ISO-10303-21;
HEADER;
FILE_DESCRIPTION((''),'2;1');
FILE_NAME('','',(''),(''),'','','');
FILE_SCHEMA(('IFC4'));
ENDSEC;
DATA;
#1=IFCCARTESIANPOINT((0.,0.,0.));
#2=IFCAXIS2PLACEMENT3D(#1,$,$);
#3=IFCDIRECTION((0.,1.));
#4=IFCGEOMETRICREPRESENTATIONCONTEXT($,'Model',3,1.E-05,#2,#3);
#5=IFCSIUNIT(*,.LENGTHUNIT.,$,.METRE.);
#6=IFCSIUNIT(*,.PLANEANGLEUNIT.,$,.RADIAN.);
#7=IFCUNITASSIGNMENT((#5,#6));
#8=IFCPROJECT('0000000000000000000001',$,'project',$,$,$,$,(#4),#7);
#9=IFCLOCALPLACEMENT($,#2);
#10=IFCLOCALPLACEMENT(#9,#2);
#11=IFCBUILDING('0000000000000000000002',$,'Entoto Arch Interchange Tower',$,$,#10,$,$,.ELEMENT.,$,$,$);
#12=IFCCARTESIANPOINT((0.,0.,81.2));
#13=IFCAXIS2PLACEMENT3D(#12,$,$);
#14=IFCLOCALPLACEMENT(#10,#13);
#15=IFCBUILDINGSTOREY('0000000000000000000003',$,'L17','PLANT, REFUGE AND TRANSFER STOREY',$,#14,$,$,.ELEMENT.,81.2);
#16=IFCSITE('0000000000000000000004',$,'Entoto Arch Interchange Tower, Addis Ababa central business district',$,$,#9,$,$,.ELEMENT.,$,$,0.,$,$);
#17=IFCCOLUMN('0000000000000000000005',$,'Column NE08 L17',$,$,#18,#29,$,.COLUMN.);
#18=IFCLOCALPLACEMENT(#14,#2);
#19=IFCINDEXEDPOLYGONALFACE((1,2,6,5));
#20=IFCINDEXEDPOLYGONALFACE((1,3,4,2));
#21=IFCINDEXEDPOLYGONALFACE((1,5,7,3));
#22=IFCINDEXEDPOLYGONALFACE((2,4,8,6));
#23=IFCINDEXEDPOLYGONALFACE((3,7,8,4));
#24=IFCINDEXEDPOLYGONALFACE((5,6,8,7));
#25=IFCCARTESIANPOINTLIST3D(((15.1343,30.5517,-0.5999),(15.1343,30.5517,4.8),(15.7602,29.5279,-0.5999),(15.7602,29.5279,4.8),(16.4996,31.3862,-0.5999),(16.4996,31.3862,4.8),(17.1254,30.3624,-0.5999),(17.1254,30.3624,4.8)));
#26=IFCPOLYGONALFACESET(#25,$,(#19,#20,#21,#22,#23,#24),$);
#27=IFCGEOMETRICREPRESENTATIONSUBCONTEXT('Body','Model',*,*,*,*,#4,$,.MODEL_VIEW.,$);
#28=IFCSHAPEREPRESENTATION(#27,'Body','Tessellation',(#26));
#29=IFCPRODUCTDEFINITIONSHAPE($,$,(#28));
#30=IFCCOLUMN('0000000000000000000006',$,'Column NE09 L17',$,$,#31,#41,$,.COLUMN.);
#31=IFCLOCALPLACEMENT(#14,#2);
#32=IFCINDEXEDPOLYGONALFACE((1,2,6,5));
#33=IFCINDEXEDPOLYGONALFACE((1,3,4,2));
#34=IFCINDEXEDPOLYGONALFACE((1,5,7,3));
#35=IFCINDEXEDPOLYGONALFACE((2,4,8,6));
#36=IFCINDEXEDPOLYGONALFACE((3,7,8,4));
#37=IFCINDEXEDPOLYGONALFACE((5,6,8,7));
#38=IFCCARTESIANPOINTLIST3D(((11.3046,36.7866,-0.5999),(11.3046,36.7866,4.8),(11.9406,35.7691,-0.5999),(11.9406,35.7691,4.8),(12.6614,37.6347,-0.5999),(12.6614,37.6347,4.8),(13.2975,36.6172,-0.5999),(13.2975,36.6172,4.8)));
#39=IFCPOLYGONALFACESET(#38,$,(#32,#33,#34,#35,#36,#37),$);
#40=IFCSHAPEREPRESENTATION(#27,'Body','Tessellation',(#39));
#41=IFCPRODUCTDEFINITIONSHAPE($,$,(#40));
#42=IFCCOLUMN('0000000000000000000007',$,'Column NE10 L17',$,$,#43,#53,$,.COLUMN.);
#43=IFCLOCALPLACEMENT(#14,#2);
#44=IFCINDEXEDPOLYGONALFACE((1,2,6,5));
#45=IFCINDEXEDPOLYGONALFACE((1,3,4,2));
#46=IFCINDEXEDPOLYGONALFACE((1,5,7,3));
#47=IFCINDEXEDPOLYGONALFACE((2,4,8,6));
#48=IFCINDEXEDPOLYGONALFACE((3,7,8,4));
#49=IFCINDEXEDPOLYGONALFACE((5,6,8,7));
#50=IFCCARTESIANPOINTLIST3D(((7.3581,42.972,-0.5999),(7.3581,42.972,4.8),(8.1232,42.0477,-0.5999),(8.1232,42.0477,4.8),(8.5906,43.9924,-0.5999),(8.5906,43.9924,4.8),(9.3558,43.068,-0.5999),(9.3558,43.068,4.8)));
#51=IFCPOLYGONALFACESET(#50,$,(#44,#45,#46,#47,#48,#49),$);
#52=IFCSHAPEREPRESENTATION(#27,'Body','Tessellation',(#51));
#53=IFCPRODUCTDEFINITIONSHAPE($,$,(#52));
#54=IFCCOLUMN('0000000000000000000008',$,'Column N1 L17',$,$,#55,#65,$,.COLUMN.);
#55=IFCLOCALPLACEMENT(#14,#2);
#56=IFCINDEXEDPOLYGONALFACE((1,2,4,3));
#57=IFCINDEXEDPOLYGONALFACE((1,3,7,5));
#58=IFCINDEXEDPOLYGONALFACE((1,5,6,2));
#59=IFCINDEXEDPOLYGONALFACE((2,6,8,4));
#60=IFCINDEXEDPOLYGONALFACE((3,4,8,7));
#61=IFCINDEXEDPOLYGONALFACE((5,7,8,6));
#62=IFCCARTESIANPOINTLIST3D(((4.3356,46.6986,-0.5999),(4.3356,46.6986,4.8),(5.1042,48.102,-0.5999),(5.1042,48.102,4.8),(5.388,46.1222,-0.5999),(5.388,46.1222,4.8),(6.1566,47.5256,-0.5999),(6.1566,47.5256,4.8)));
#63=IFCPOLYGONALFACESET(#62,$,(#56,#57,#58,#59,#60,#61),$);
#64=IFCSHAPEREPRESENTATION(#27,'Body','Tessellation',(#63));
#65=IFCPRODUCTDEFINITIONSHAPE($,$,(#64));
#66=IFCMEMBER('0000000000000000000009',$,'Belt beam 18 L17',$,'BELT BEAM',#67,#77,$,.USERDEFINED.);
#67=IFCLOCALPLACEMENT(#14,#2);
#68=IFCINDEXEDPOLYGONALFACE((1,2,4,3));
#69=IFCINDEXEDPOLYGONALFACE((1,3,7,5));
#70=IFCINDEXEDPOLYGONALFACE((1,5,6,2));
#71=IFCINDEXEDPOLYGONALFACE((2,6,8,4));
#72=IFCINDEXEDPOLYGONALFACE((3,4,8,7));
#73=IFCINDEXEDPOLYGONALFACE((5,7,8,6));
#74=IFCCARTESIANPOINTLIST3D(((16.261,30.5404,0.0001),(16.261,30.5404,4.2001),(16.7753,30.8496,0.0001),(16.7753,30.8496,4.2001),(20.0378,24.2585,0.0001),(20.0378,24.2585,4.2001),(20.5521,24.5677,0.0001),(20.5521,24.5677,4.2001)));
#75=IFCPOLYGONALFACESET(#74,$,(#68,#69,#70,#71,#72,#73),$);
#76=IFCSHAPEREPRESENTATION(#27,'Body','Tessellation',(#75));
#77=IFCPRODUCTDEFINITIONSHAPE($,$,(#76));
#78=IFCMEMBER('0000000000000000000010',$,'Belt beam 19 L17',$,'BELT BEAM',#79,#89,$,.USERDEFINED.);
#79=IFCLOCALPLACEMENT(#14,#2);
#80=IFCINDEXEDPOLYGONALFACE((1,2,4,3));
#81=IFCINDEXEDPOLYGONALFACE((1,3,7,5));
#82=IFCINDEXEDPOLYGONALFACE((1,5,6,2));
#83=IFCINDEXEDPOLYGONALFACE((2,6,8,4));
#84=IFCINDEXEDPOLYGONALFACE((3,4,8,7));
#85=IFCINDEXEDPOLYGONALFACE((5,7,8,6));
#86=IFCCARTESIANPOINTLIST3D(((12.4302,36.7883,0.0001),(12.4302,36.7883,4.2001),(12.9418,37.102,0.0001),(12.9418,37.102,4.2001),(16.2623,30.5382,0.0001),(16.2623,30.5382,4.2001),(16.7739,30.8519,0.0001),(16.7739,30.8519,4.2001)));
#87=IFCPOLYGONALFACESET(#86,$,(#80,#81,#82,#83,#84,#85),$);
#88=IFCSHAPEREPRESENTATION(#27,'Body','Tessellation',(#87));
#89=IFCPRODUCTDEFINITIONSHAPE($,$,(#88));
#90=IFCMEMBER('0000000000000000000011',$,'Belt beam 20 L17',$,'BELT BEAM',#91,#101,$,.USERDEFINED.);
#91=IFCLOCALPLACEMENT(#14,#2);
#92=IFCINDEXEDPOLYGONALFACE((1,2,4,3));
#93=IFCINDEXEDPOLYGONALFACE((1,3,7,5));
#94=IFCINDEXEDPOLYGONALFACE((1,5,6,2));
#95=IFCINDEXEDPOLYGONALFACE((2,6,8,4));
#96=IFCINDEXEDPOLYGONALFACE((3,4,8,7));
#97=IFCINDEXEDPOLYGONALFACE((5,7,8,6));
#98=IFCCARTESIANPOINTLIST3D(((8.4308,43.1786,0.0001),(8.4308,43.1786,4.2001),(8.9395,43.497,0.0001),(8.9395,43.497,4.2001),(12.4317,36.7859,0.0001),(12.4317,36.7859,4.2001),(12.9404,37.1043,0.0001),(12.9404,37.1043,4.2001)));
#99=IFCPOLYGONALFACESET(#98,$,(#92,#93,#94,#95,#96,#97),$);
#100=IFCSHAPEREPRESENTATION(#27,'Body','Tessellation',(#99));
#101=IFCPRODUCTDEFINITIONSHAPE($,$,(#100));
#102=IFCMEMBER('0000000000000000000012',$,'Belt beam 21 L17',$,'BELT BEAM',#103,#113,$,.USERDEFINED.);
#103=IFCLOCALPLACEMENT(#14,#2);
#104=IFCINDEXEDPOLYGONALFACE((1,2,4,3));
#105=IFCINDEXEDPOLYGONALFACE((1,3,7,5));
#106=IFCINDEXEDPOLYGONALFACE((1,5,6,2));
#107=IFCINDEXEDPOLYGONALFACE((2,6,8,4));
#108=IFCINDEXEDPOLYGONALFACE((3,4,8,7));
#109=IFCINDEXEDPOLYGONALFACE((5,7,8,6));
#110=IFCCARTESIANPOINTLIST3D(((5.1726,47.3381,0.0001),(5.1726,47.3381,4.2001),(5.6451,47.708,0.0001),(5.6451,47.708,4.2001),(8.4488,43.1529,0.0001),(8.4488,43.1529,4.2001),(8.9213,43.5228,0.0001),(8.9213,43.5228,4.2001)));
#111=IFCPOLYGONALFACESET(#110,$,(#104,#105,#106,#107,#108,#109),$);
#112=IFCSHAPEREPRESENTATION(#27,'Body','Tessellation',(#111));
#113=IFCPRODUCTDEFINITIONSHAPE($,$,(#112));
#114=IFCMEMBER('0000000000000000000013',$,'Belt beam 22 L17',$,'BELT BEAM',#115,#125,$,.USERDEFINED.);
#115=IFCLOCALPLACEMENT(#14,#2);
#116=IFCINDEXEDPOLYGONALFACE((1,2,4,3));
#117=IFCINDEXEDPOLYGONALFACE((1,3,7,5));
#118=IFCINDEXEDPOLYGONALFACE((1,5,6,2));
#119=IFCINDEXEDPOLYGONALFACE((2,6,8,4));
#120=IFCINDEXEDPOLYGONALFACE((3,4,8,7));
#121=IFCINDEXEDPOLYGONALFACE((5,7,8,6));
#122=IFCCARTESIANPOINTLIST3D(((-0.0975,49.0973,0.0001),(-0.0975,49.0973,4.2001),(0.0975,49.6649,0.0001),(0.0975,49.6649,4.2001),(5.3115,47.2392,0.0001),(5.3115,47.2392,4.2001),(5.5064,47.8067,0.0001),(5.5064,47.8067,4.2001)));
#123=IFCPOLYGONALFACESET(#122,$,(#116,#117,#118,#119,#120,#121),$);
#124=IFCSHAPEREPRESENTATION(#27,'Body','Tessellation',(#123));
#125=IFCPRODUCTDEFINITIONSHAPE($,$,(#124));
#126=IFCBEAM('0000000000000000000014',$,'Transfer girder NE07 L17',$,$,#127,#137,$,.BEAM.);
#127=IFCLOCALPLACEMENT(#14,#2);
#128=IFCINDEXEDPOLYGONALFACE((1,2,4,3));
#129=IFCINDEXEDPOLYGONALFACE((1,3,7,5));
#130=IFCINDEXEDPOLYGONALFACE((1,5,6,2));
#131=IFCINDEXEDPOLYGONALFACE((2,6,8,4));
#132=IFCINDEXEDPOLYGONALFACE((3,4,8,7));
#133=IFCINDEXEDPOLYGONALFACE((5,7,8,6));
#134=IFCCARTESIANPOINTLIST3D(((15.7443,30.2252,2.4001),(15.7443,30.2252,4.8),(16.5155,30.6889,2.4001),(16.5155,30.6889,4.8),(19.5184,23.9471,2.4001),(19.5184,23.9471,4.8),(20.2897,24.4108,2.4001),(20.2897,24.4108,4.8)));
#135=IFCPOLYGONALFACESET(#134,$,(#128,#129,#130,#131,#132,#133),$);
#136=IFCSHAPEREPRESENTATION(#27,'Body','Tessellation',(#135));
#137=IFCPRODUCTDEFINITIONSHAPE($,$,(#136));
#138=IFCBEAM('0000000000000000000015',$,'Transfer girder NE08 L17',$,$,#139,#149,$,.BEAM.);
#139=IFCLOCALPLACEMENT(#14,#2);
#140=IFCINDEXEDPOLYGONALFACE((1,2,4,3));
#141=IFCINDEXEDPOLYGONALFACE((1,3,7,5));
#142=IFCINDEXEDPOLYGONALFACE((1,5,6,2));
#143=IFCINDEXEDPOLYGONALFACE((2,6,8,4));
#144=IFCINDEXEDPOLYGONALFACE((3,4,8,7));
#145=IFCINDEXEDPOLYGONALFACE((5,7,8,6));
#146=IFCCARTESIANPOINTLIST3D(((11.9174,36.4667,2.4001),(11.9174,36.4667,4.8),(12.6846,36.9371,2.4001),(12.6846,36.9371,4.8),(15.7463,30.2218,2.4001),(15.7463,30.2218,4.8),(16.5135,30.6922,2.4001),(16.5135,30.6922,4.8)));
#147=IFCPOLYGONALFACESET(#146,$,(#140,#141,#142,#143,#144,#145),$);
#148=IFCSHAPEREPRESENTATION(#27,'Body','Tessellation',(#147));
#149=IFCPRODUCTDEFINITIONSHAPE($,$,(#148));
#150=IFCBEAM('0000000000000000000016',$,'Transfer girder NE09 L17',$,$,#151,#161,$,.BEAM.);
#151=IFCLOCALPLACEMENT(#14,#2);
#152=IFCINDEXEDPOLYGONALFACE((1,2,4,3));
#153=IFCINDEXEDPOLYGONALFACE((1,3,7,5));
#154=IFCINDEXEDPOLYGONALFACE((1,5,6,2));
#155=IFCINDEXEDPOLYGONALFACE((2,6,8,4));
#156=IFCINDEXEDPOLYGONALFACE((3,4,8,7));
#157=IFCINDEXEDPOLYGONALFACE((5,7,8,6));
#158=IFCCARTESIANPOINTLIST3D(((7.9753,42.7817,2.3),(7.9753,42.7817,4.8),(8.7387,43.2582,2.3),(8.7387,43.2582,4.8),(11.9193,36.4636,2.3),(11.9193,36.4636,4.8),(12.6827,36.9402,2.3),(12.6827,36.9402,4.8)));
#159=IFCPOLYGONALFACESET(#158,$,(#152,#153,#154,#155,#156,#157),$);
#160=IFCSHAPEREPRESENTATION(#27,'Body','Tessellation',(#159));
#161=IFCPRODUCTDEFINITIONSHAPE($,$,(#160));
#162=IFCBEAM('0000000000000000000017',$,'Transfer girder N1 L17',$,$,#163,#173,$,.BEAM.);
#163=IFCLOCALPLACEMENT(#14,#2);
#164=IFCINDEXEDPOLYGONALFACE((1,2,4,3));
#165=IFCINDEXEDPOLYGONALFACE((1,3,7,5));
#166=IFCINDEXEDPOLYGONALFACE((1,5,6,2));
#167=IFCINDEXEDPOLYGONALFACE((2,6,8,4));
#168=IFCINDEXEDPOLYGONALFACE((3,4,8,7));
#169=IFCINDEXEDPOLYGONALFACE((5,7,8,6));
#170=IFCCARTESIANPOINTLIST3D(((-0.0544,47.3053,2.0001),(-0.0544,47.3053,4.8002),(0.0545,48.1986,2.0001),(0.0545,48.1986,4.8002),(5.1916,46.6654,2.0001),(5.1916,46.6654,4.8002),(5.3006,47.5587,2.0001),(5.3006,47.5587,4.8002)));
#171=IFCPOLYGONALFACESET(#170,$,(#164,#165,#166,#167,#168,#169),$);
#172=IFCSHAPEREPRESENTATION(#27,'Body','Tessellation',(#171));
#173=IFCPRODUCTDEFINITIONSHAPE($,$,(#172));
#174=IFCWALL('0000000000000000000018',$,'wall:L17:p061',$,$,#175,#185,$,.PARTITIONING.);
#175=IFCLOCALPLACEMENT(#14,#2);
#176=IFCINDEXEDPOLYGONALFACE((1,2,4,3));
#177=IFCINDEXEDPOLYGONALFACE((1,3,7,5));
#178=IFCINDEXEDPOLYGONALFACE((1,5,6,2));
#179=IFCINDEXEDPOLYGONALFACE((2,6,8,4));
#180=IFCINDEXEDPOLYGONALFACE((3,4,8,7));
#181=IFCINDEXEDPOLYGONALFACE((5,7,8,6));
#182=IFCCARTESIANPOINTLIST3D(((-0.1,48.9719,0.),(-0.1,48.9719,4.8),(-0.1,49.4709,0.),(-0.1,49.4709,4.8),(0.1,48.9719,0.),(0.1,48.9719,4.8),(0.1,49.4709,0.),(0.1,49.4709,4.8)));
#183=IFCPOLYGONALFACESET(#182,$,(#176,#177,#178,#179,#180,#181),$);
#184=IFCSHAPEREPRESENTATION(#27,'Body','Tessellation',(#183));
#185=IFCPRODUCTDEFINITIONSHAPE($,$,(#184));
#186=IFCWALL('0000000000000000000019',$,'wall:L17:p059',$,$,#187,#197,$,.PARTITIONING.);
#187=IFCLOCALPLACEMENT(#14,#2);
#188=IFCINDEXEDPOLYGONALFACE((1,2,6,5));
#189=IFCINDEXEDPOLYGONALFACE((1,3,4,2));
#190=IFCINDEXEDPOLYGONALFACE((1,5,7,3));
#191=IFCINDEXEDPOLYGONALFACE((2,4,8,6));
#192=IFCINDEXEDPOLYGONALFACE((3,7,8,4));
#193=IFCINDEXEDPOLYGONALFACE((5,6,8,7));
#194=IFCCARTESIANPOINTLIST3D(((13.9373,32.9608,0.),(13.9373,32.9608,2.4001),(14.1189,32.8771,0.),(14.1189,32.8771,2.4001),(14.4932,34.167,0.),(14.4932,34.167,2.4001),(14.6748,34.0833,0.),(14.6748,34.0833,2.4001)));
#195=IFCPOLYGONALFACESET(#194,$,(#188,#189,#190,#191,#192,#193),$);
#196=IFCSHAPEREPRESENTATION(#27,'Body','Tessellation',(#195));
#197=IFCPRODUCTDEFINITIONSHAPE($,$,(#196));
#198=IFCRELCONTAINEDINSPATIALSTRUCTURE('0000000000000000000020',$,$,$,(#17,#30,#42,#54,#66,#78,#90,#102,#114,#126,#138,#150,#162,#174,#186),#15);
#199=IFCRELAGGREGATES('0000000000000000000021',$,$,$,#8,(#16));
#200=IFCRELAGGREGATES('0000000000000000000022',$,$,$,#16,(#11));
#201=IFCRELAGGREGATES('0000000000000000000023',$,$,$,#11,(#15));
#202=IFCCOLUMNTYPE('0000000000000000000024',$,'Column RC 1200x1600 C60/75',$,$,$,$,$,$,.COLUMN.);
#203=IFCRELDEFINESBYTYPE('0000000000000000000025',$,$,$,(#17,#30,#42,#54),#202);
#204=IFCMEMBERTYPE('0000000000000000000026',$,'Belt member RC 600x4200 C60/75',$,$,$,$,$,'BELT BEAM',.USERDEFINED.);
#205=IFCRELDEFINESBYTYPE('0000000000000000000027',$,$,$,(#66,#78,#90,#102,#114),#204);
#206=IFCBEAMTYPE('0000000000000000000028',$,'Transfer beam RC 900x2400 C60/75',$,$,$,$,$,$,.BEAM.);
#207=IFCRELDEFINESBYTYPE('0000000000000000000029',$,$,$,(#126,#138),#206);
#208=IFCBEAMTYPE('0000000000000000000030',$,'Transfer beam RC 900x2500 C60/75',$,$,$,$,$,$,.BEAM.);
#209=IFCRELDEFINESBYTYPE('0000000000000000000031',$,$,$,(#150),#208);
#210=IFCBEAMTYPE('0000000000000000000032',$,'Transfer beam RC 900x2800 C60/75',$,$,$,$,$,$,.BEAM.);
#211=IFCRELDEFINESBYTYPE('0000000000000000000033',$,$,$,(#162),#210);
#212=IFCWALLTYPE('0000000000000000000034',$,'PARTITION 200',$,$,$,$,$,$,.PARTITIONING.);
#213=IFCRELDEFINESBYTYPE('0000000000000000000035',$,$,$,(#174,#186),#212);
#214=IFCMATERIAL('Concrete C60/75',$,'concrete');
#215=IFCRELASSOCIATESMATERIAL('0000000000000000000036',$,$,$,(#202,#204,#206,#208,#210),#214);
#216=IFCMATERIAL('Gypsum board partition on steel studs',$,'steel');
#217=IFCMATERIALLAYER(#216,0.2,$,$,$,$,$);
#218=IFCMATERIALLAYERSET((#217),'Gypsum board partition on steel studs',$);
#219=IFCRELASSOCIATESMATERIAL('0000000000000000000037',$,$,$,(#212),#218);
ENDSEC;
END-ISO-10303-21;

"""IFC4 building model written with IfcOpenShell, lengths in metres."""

from ifc_helpers import new_model, si_unit, direction, frame, frame_2d, origin, origin_2d, place, context, subcontext, project, spatial, rectangle, extrude, material, layer, layer_set, material_profile, profile_set, type_object, element, save


model = new_model("IFC4")

# Units and contexts
model_context = context("Model", 3, precision=1e-05, world=origin(), true_north=direction((0.0, 1.0)))
body_context = subcontext(model_context, "Body", "Model", "MODEL_VIEW")
ifc_project = project(units=[si_unit("LENGTHUNIT", "METRE"), si_unit("PLANEANGLEUNIT", "RADIAN")], contexts=[model_context])

# Site, building, storey
site_placement = place(None, origin())
site = spatial("IfcSite", under=ifc_project, at=site_placement, Name="Entoto Arch Interchange Tower, Addis Ababa central business district", CompositionType="ELEMENT", RefElevation=0.0)
building_placement = place(site_placement, origin())
building = spatial("IfcBuilding", under=site, at=building_placement, Name="Entoto Arch Interchange Tower", CompositionType="ELEMENT")
storey_placement = place(building_placement, frame((0.0, 0.0, 81.2)))
storey = spatial("IfcBuildingStorey", under=building, at=storey_placement, Name="L17", Description="PLANT, REFUGE AND TRANSFER STOREY", CompositionType="ELEMENT", Elevation=81.2)

# Columns
ifc_material_1 = material(Name="Concrete C60/75", Category="concrete")
ifc_material_profile_1 = material_profile(ifc_material_1, rectangle(XDim=1.2, YDim=1.6001, at=origin_2d()))
ifc_profile_set_1 = profile_set([ifc_material_profile_1], Name="Concrete C60/75")
column_type = type_object("IfcColumnType", Name="Column RC 1200x1600 C60/75", PredefinedType="COLUMN", material=ifc_profile_set_1)
for number, where, z_axis, x_axis, name in (
    (1, (16.1299, 30.457, -0.5999), (0.0, 0.0, 1.0), (-0.521546, 0.853223, 0.0), "Column NE08 L17"),
    (2, (12.301, 36.7019, -0.5999), (0.0, 0.0, 1.0), (-0.530067, 0.847956, 0.0), "Column NE09 L17"),
    (3, (8.3569, 43.02, -0.5999), (0.0, 0.0, 1.0), (-0.637666, 0.770313, 0.0), "Column NE10 L17"),
    (4, (5.2461, 47.1121, -0.5999), (0.0, 0.0, 1.0), (-0.877079, 0.480346, 0.0), "Column N1 L17"),
):
    element("IfcColumn", number, at=place(storey_placement, frame(where, z_axis=z_axis, x_axis=x_axis)), inside=storey, type_object=column_type, Name=name, PredefinedType="COLUMN", context=body_context, shape_type="SweptSolid", body=[
        extrude(rectangle(XDim=1.2, YDim=1.6001, at=origin_2d()), origin(), (0.0, 0.0, 1.0), 5.3999),
    ])

# Members
ifc_material_profile_2 = material_profile(ifc_material_1, rectangle(XDim=0.6001, YDim=4.2, at=origin_2d()))
ifc_profile_set_2 = profile_set([ifc_material_profile_2], Name="Concrete C60/75")
member_type = type_object("IfcMemberType", Name="Belt member RC 600x4200 C60/75", ElementType="BELT BEAM", PredefinedType="USERDEFINED", material=ifc_profile_set_2)
member_1_placement = place(storey_placement, frame((20.2949, 24.4131, 2.1001), z_axis=(-0.515265, 0.857031, 0.0), x_axis=(-0.857031, -0.515265, 0.0)))
element("IfcMember", 5, at=member_1_placement, inside=storey, type_object=member_type, Name="Belt beam 18 L17", ObjectType="BELT BEAM", PredefinedType="USERDEFINED", context=body_context, shape_type="SweptSolid", body=[
    extrude(rectangle(XDim=0.6001, YDim=4.2, at=origin_2d()), origin(), (0.0, 0.0, 1.0), 7.3298),
])
member_2_placement = place(storey_placement, frame((16.5181, 30.6951, 2.1001), z_axis=(-0.522699, 0.852517, 0.0), x_axis=(-0.852517, -0.522699, 0.0)))
element("IfcMember", 6, at=member_2_placement, inside=storey, type_object=member_type, Name="Belt beam 19 L17", ObjectType="BELT BEAM", PredefinedType="USERDEFINED", context=body_context, shape_type="SweptSolid", body=[
    extrude(rectangle(XDim=0.6001, YDim=4.2, at=origin_2d()), origin(), (0.0, 0.0, 1.0), 7.3313),
])
member_3_placement = place(storey_placement, frame((12.686, 36.9451, 2.1001), z_axis=(-0.53052, 0.847673, 0.0), x_axis=(-0.847673, -0.53052, 0.0)))
element("IfcMember", 7, at=member_3_placement, inside=storey, type_object=member_type, Name="Belt beam 20 L17", ObjectType="BELT BEAM", PredefinedType="USERDEFINED", context=body_context, shape_type="SweptSolid", body=[
    extrude(rectangle(XDim=0.6001, YDim=4.2, at=origin_2d()), origin(), (0.0, 0.0, 1.0), 7.5415),
])
member_4_placement = place(storey_placement, frame((8.6851, 43.3379, 2.1001), z_axis=(-0.616409, 0.787426, 0.0), x_axis=(-0.787426, -0.616409, 0.0)))
element("IfcMember", 8, at=member_4_placement, inside=storey, type_object=member_type, Name="Belt beam 21 L17", ObjectType="BELT BEAM", PredefinedType="USERDEFINED", context=body_context, shape_type="SweptSolid", body=[
    extrude(rectangle(XDim=0.6001, YDim=4.2, at=origin_2d()), origin(), (0.0, 0.0, 1.0), 5.3149),
])
member_5_placement = place(storey_placement, frame((5.4089, 47.5229, 2.1001), z_axis=(-0.945749, 0.324897, 0.0), x_axis=(-0.324897, -0.945749, 0.0)))
element("IfcMember", 9, at=member_5_placement, inside=storey, type_object=member_type, Name="Belt beam 22 L17", ObjectType="BELT BEAM", PredefinedType="USERDEFINED", context=body_context, shape_type="SweptSolid", body=[
    extrude(rectangle(XDim=0.6001, YDim=4.2, at=origin_2d()), origin(), (0.0, 0.0, 1.0), 5.7192),
])

# Beams
ifc_material_profile_3 = material_profile(ifc_material_1, rectangle(XDim=0.8999, YDim=2.3999, at=origin_2d()))
ifc_profile_set_3 = profile_set([ifc_material_profile_3], Name="Concrete C60/75")
beam_type_1 = type_object("IfcBeamType", Name="Transfer beam RC 900x2400 C60/75", PredefinedType="BEAM", material=ifc_profile_set_3)
for number, where, z_axis, x_axis, name in (
    (10, (19.9041, 24.179, 3.6001), (-0.515231, 0.857051, 0.0), (-0.857051, -0.515231, 0.0), "Transfer girder NE07 L17"),
    (11, (16.1299, 30.457, 3.6001), (-0.522696, 0.852519, 0.0), (-0.852519, -0.522696, 0.0), "Transfer girder NE08 L17"),
):
    element("IfcBeam", number, at=place(storey_placement, frame(where, z_axis=z_axis, x_axis=x_axis)), inside=storey, type_object=beam_type_1, Name=name, PredefinedType="BEAM", context=body_context, shape_type="SweptSolid", body=[
        extrude(rectangle(XDim=0.8999, YDim=2.3999, at=origin_2d()), origin(), (0.0, 0.0, 1.0), 7.3252),
    ])
ifc_material_profile_4 = material_profile(ifc_material_1, rectangle(XDim=0.8999, YDim=2.5, at=origin_2d()))
ifc_profile_set_4 = profile_set([ifc_material_profile_4], Name="Concrete C60/75")
beam_type_2 = type_object("IfcBeamType", Name="Transfer beam RC 900x2500 C60/75", PredefinedType="BEAM", material=ifc_profile_set_4)
beam_1_placement = place(storey_placement, frame((12.301, 36.7019, 3.55), z_axis=(-0.529542, 0.848284, 0.0), x_axis=(-0.848284, -0.529542, 0.0)))
element("IfcBeam", 12, at=beam_1_placement, inside=storey, type_object=beam_type_2, Name="Transfer girder NE09 L17", PredefinedType="BEAM", context=body_context, shape_type="SweptSolid", body=[
    extrude(rectangle(XDim=0.8999, YDim=2.5, at=origin_2d()), origin(), (0.0, 0.0, 1.0), 7.448),
])
ifc_material_profile_5 = material_profile(ifc_material_1, rectangle(XDim=0.8999, YDim=2.8, at=origin_2d()))
ifc_profile_set_5 = profile_set([ifc_material_profile_5], Name="Concrete C60/75")
beam_type_3 = type_object("IfcBeamType", Name="Transfer beam RC 900x2800 C60/75", PredefinedType="BEAM", material=ifc_profile_set_5)
beam_2_placement = place(storey_placement, frame((5.2461, 47.1121, 3.4001), z_axis=(-0.992643, 0.121078, 0.0), x_axis=(-0.121078, -0.992643, 0.0)))
element("IfcBeam", 13, at=beam_2_placement, inside=storey, type_object=beam_type_3, Name="Transfer girder N1 L17", PredefinedType="BEAM", context=body_context, shape_type="SweptSolid", body=[
    extrude(rectangle(XDim=0.8999, YDim=2.8, at=origin_2d()), origin(), (0.0, 0.0, 1.0), 5.2849),
])

# Walls
ifc_material_2 = material(Name="Gypsum board partition on steel studs", Category="steel")
ifc_layer_1 = layer(ifc_material_2, 0.2)
ifc_layer_set_1 = layer_set([ifc_layer_1], Name="Gypsum board partition on steel studs")
wall_type_1 = type_object("IfcWallType", Name="PARTITION 200", PredefinedType="PARTITIONING", material=ifc_layer_set_1)
wall_1_placement = place(storey_placement, frame((0.0, 48.9719, 0.0), z_axis=(0.0, 0.0, 1.0), x_axis=(0.0, 1.0, 0.0)))
element("IfcWall", 14, at=wall_1_placement, inside=storey, type_object=wall_type_1, Name="wall:L17:p061", PredefinedType="PARTITIONING", context=body_context, shape_type="SweptSolid", body=[
    extrude(rectangle(XDim=0.499, YDim=0.2, at=frame_2d((0.2495, 0.0))), origin(), (0.0, 0.0, 1.0), 4.8),
])
wall_2_placement = place(storey_placement, frame((14.0281, 32.9189, 0.0), z_axis=(0.0, 0.0, 1.0), x_axis=(0.418603, 0.908169, 0.0)))
element("IfcWall", 15, at=wall_2_placement, inside=storey, type_object=wall_type_1, Name="wall:L17:p059", PredefinedType="PARTITIONING", context=body_context, shape_type="SweptSolid", body=[
    extrude(rectangle(XDim=1.3281, YDim=0.2, at=frame_2d((0.6641, 0.0))), origin(), (0.0, 0.0, 1.0), 2.4001),
])

save(model, "model.ifc")
